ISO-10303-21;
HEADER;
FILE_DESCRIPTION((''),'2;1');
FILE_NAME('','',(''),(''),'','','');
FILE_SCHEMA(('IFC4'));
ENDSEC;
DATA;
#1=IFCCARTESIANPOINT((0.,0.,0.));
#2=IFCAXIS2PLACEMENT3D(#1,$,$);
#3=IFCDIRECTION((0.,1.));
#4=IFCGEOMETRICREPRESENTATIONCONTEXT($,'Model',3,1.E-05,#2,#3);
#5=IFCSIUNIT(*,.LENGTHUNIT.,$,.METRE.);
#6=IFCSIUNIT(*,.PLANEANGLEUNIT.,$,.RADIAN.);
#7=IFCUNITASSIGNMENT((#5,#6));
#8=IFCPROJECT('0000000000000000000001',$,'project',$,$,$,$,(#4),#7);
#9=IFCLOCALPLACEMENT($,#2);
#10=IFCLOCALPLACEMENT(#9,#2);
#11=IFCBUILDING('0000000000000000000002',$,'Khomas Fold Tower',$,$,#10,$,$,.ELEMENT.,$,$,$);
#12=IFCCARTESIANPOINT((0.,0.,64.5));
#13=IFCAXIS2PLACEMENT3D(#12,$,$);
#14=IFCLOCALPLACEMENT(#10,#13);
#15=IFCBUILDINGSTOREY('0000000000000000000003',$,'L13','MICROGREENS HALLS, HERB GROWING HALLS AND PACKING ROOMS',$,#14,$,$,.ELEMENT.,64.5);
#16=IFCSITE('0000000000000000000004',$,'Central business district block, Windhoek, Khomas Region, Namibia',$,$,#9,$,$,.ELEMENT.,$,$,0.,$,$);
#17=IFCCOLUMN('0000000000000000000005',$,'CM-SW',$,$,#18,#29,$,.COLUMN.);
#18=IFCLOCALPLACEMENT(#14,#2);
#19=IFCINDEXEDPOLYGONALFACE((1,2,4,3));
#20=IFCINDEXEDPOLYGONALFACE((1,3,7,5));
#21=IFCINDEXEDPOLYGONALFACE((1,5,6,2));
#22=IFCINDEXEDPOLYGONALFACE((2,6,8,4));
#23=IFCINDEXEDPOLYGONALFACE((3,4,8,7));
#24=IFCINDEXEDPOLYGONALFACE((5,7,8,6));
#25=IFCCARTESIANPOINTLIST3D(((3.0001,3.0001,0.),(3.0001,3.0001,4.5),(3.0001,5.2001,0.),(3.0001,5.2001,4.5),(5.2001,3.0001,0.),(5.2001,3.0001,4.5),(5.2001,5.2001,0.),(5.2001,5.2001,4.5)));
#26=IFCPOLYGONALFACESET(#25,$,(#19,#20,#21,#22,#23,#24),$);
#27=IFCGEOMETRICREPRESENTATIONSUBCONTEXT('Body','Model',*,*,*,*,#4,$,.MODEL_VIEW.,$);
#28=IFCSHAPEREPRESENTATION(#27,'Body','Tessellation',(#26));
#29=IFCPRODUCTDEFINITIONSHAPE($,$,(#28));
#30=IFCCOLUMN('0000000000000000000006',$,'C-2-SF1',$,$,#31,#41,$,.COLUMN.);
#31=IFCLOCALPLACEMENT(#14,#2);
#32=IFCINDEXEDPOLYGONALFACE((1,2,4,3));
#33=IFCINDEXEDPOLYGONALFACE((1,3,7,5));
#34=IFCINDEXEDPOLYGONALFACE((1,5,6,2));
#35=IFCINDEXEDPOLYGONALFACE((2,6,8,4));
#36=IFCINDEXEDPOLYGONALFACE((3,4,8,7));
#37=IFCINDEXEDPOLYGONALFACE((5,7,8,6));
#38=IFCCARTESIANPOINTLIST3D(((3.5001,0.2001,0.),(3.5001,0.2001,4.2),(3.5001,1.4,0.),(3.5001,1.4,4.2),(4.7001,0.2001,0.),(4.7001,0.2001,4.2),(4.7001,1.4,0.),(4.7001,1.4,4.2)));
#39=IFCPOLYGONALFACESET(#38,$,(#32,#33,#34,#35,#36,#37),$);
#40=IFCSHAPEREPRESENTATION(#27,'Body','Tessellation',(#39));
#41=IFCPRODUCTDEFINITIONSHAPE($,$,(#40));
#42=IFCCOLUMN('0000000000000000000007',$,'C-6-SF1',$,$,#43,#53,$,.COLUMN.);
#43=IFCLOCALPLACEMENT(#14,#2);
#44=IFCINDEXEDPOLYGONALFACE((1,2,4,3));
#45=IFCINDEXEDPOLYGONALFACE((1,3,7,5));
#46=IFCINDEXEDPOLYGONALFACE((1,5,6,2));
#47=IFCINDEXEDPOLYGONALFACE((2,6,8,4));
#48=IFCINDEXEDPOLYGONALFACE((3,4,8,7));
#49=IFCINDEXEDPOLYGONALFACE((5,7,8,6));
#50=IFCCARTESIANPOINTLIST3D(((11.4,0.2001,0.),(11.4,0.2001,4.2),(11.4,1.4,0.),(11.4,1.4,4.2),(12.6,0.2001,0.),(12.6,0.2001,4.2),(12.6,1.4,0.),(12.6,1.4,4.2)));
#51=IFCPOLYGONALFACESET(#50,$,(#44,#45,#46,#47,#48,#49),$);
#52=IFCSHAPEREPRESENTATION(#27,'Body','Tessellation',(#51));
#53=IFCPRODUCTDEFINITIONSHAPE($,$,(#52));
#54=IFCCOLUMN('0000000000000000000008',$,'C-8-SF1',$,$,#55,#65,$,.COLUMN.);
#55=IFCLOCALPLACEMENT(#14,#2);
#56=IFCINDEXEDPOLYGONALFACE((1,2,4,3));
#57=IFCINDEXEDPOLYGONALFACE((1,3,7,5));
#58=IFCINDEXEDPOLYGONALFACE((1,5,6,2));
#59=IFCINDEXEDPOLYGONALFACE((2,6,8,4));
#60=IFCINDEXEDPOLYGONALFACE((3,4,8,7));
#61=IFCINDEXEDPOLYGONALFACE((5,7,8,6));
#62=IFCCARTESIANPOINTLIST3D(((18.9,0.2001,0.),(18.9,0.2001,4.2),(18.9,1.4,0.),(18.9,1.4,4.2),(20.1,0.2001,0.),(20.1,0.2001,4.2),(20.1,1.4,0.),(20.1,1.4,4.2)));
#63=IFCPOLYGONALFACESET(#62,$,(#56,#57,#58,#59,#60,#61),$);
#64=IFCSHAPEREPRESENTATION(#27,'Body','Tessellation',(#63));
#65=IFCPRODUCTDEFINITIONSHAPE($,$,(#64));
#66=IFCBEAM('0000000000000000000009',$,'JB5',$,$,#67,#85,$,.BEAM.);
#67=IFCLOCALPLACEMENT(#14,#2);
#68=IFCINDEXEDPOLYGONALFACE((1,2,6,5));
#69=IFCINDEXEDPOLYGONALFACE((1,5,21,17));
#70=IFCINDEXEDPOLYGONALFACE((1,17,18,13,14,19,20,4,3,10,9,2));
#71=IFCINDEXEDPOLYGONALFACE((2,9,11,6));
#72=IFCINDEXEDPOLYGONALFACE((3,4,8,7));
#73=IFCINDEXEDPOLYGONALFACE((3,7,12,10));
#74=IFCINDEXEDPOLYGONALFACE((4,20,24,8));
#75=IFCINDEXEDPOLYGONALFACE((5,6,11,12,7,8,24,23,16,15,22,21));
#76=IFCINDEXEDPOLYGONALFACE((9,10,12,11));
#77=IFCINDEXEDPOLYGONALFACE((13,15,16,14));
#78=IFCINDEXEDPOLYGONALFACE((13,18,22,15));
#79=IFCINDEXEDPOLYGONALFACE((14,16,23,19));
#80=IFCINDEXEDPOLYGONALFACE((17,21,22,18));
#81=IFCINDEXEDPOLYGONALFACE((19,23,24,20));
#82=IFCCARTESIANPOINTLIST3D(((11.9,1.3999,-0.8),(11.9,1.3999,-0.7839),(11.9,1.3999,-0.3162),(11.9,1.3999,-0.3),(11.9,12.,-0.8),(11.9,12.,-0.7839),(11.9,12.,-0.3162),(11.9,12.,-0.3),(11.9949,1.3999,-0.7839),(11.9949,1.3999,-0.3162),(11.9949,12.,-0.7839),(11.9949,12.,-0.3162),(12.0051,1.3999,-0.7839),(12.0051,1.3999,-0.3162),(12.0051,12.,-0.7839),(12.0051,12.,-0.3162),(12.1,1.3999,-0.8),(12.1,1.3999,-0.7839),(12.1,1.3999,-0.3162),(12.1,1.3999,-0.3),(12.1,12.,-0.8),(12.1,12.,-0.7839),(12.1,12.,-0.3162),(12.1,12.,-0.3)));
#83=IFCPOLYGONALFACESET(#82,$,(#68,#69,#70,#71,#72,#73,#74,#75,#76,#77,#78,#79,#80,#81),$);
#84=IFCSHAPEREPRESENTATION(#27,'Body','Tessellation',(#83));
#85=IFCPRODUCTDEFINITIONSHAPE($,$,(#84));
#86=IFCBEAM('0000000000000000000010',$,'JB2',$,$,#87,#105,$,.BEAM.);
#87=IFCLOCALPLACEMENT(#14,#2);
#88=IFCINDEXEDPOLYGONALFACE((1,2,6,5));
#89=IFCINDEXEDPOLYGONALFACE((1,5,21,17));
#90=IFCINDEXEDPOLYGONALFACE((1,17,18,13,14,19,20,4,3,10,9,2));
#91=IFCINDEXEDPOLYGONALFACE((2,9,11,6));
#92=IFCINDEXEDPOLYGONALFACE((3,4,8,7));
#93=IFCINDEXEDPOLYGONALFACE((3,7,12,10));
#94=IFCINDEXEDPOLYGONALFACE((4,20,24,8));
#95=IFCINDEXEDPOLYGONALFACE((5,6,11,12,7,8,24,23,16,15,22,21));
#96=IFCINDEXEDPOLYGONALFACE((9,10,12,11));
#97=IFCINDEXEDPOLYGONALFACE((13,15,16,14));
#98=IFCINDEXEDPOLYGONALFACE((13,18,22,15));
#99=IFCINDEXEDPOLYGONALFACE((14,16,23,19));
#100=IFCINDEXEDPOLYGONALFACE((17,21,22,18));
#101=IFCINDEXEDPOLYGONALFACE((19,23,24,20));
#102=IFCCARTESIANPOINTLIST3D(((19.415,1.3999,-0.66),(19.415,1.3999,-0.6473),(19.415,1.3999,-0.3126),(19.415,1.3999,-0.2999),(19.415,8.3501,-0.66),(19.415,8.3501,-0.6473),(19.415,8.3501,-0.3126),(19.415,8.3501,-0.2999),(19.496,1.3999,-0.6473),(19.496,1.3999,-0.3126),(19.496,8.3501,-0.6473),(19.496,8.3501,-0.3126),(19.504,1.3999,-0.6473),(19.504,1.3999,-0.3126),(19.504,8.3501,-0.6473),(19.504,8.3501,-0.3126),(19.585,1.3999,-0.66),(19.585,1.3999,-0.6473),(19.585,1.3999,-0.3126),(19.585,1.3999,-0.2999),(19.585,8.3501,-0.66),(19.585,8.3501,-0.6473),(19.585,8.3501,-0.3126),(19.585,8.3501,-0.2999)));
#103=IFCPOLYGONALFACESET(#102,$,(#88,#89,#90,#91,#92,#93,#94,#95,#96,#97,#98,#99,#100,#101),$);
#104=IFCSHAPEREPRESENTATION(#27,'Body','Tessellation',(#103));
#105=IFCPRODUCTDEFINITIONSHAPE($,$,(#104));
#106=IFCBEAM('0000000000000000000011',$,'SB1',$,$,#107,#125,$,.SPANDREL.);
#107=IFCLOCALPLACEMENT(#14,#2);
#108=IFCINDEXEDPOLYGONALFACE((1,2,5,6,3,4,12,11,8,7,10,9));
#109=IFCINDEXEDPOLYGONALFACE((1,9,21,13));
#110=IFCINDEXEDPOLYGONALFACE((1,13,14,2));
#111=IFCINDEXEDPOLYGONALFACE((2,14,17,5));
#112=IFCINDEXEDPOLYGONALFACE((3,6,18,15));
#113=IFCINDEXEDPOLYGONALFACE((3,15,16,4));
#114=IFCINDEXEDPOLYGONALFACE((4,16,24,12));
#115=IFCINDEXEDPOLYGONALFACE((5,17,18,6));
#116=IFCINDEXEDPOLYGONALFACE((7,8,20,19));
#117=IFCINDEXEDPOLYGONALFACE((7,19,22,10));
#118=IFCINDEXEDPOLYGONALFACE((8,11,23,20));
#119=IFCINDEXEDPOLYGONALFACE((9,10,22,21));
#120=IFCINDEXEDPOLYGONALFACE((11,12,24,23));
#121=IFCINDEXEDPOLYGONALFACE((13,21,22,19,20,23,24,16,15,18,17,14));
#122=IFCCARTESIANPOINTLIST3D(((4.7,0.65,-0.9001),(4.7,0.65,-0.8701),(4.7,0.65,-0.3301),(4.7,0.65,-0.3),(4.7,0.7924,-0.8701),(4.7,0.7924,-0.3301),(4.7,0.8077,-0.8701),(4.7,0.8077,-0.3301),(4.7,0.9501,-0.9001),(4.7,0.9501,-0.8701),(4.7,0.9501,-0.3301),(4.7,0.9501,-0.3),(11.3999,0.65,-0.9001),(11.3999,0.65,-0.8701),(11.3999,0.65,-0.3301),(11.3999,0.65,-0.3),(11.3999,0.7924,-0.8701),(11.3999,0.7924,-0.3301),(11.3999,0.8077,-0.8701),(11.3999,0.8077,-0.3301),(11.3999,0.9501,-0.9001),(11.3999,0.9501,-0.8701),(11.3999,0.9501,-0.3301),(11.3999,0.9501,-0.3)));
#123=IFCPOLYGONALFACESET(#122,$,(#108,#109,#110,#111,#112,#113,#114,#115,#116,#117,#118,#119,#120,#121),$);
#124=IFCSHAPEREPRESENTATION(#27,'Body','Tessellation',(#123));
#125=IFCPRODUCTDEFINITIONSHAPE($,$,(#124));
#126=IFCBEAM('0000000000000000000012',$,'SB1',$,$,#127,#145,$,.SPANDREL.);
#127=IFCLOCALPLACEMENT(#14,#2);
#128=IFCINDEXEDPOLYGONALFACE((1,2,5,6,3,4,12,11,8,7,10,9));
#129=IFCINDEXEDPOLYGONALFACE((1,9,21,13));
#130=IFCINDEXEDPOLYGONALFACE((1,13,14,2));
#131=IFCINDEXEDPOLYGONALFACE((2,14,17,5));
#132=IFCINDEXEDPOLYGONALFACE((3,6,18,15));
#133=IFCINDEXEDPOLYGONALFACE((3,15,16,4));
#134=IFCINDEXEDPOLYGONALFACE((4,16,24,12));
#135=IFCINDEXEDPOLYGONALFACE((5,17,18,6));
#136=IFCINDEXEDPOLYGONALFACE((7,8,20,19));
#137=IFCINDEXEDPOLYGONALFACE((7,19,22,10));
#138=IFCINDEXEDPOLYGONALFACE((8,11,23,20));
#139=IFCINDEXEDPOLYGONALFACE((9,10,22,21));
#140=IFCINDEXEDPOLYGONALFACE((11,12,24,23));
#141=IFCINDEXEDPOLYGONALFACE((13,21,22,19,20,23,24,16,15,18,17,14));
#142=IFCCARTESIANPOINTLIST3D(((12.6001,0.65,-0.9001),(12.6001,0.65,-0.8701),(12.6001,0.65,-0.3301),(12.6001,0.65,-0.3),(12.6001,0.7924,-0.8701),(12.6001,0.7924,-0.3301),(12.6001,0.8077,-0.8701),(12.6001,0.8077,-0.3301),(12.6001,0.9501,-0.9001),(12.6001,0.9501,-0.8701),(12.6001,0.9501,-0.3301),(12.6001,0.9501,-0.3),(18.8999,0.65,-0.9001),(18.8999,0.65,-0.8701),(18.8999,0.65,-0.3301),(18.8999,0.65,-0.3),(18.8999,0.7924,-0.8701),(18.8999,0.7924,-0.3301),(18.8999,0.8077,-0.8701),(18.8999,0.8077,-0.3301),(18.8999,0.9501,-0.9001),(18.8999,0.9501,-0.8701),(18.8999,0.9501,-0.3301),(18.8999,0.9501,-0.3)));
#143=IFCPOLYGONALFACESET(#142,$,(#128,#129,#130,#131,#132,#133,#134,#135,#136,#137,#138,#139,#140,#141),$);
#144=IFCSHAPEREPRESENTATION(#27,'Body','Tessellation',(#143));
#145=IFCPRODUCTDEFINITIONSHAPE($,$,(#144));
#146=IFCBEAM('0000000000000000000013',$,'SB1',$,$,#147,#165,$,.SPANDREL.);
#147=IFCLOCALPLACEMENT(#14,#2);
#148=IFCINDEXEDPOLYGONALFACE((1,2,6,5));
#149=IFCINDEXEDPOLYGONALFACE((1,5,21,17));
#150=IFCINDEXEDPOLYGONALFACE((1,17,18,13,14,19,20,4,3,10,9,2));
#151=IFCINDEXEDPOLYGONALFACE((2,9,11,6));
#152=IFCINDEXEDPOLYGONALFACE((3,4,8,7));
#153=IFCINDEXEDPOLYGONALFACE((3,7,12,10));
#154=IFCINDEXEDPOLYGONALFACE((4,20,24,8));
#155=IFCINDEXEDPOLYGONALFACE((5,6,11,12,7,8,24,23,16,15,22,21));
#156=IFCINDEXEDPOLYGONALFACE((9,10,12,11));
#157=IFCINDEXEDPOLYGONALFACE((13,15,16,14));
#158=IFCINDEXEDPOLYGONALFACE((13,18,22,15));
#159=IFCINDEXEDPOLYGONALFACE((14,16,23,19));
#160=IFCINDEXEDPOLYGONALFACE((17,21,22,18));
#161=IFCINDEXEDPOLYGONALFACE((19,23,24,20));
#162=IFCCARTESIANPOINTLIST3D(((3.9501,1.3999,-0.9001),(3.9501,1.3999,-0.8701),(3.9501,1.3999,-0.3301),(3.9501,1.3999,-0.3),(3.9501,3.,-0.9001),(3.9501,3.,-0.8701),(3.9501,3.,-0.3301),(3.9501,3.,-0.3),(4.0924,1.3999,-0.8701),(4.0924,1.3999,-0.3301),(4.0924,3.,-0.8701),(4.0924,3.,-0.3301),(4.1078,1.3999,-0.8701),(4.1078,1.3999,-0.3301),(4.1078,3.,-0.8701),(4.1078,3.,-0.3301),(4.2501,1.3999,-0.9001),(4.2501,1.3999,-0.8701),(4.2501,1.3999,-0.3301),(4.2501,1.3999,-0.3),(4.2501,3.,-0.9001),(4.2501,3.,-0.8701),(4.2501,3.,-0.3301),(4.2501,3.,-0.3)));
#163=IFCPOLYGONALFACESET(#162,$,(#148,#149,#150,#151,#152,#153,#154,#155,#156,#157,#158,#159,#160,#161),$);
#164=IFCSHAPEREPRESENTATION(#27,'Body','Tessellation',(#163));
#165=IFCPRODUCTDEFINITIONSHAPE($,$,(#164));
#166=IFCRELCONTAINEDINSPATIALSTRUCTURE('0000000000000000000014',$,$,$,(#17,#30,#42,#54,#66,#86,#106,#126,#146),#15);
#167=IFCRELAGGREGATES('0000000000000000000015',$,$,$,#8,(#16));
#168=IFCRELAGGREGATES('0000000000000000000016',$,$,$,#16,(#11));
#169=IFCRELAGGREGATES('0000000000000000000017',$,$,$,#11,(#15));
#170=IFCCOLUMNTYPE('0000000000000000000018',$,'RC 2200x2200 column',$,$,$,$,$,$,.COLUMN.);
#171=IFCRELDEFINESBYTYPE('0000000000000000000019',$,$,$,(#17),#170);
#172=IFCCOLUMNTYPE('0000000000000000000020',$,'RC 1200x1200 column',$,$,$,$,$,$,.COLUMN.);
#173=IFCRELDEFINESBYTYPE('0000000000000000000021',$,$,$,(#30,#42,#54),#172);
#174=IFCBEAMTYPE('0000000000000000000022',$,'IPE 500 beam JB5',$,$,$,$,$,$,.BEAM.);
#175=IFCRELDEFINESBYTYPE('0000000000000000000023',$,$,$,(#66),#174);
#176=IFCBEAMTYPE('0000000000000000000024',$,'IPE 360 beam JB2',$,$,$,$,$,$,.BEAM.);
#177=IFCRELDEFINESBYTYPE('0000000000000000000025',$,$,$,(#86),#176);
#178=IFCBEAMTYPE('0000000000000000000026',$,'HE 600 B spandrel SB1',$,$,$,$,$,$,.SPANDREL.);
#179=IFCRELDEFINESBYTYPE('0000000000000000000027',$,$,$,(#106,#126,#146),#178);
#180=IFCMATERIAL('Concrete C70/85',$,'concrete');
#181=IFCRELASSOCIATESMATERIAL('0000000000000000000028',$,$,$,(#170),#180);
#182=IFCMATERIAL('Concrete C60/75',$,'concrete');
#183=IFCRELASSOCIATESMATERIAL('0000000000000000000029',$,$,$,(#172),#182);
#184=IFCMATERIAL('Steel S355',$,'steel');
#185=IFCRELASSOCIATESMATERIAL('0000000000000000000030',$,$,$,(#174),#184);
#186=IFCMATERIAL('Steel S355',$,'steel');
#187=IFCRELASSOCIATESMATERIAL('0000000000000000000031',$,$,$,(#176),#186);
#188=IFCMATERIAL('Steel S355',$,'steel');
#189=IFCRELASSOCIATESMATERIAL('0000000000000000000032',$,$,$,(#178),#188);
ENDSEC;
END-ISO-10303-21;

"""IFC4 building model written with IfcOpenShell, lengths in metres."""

from ifc_helpers import new_model, si_unit, direction, frame, origin, origin_2d, place, context, subcontext, project, spatial, rectangle, i_section, extrude, source, transform, mapped, material, material_profile, profile_set, type_object, element, save


model = new_model("IFC4")

# Units and contexts
model_context = context("Model", 3, precision=1e-05, world=origin(), true_north=direction((0.0, 1.0)))
body_context = subcontext(model_context, "Body", "Model", "MODEL_VIEW")
ifc_project = project(units=[si_unit("LENGTHUNIT", "METRE"), si_unit("PLANEANGLEUNIT", "RADIAN")], contexts=[model_context])

# Site, building, storey
site_placement = place(None, origin())
site = spatial("IfcSite", under=ifc_project, at=site_placement, Name="Central business district block, Windhoek, Khomas Region, Namibia", CompositionType="ELEMENT", RefElevation=0.0)
building_placement = place(site_placement, origin())
building = spatial("IfcBuilding", under=site, at=building_placement, Name="Khomas Fold Tower", CompositionType="ELEMENT")
storey_placement = place(building_placement, frame((0.0, 0.0, 64.5)))
storey = spatial("IfcBuildingStorey", under=building, at=storey_placement, Name="L13", Description="MICROGREENS HALLS, HERB GROWING HALLS AND PACKING ROOMS", CompositionType="ELEMENT", Elevation=64.5)

# Columns
ifc_material_1 = material(Name="Concrete C70/85", Category="concrete")
ifc_material_profile_1 = material_profile(ifc_material_1, rectangle(XDim=2.2, YDim=2.2, at=origin_2d()), Name="RC 2200x2200")
ifc_profile_set_1 = profile_set([ifc_material_profile_1], Name="Concrete C70/85")
column_type_1 = type_object("IfcColumnType", Name="RC 2200x2200 column", PredefinedType="COLUMN", material=ifc_profile_set_1)
shared_shape_1 = source(origin(), body_context, "Body", "SweptSolid", [
    extrude(rectangle(XDim=2.2, YDim=2.2, at=origin_2d()), origin(), (0.0, 0.0, 1.0), 4.5),
])
column_placement = place(storey_placement, frame((4.1001, 4.1001, 0.0), z_axis=(0.0, 0.0, 1.0), x_axis=(1.0, 0.0, 0.0)))
element("IfcColumn", 1, at=column_placement, inside=storey, type_object=column_type_1, Name="CM-SW", PredefinedType="COLUMN", context=body_context, shape_type="MappedRepresentation", body=[
    mapped(shared_shape_1, transform((0.0, 0.0, 0.0))),
])
ifc_material_2 = material(Name="Concrete C60/75", Category="concrete")
ifc_material_profile_2 = material_profile(ifc_material_2, rectangle(XDim=1.2, YDim=1.2, at=origin_2d()), Name="RC 1200x1200")
ifc_profile_set_2 = profile_set([ifc_material_profile_2], Name="Concrete C60/75")
column_type_2 = type_object("IfcColumnType", Name="RC 1200x1200 column", PredefinedType="COLUMN", material=ifc_profile_set_2)
shared_shape_2 = source(origin(), body_context, "Body", "SweptSolid", [
    extrude(rectangle(XDim=1.2, YDim=1.2, at=origin_2d()), origin(), (0.0, 0.0, 1.0), 4.2),
])
for number, where, z_axis, x_axis, name in (
    (2, (4.1001, 0.8, 0.0), (0.0, 0.0, 1.0), (1.0, 0.0, 0.0), "C-2-SF1"),
    (3, (12.0, 0.8, 0.0), (0.0, 0.0, 1.0), (1.0, 0.0, 0.0), "C-6-SF1"),
    (4, (19.5, 0.8, 0.0), (0.0, 0.0, 1.0), (1.0, 0.0, 0.0), "C-8-SF1"),
):
    element("IfcColumn", number, at=place(storey_placement, frame(where, z_axis=z_axis, x_axis=x_axis)), inside=storey, type_object=column_type_2, Name=name, PredefinedType="COLUMN", context=body_context, shape_type="MappedRepresentation", body=[
        mapped(shared_shape_2, transform((0.0, 0.0, 0.0))),
    ])

# Beams
ifc_material_3 = material(Name="Steel S355", Category="steel")
ifc_material_profile_3 = material_profile(ifc_material_3, i_section(OverallWidth=0.2, OverallDepth=0.5, WebThickness=0.0103, FlangeThickness=0.0161, at=origin_2d()), Name="IPE 500")
ifc_profile_set_3 = profile_set([ifc_material_profile_3], Name="Steel S355")
beam_type_1 = type_object("IfcBeamType", Name="IPE 500 beam JB5", PredefinedType="BEAM", material=ifc_profile_set_3)
shared_shape_3 = source(origin(), body_context, "Body", "SweptSolid", [
    extrude(i_section(OverallWidth=0.2, OverallDepth=0.5, WebThickness=0.0103, FlangeThickness=0.0161, at=origin_2d()), origin(), (0.0, 0.0, 1.0), 10.6001),
])
beam_1_placement = place(storey_placement, frame((12.0, 1.3999, -0.55), z_axis=(0.0, 1.0, 0.0), x_axis=(-1.0, 0.0, 0.0)))
element("IfcBeam", 5, at=beam_1_placement, inside=storey, type_object=beam_type_1, Name="JB5", PredefinedType="BEAM", context=body_context, shape_type="MappedRepresentation", body=[
    mapped(shared_shape_3, transform((0.0, 0.0, 0.0))),
])
ifc_material_4 = material(Name="Steel S355", Category="steel")
ifc_material_profile_4 = material_profile(ifc_material_4, i_section(OverallWidth=0.1699, OverallDepth=0.3601, WebThickness=0.0081, FlangeThickness=0.0127, at=origin_2d()), Name="IPE 360")
ifc_profile_set_4 = profile_set([ifc_material_profile_4], Name="Steel S355")
beam_type_2 = type_object("IfcBeamType", Name="IPE 360 beam JB2", PredefinedType="BEAM", material=ifc_profile_set_4)
shared_shape_4 = source(origin(), body_context, "Body", "SweptSolid", [
    extrude(i_section(OverallWidth=0.1699, OverallDepth=0.3601, WebThickness=0.0081, FlangeThickness=0.0127, at=origin_2d()), origin(), (0.0, 0.0, 1.0), 6.9502),
])
beam_2_placement = place(storey_placement, frame((19.5, 1.3999, -0.48), z_axis=(0.0, 1.0, 0.0), x_axis=(-1.0, 0.0, 0.0)))
element("IfcBeam", 6, at=beam_2_placement, inside=storey, type_object=beam_type_2, Name="JB2", PredefinedType="BEAM", context=body_context, shape_type="MappedRepresentation", body=[
    mapped(shared_shape_4, transform((0.0, 0.0, 0.0))),
])
ifc_material_5 = material(Name="Steel S355", Category="steel")
ifc_material_profile_5 = material_profile(ifc_material_5, i_section(OverallWidth=0.3, OverallDepth=0.6001, WebThickness=0.0154, FlangeThickness=0.03, at=origin_2d()), Name="HE 600 B")
ifc_profile_set_5 = profile_set([ifc_material_profile_5], Name="Steel S355")
beam_type_3 = type_object("IfcBeamType", Name="HE 600 B spandrel SB1", PredefinedType="SPANDREL", material=ifc_profile_set_5)
shared_shape_5 = source(origin(), body_context, "Body", "SweptSolid", [
    extrude(i_section(OverallWidth=0.3, OverallDepth=0.6001, WebThickness=0.0154, FlangeThickness=0.03, at=origin_2d()), origin(), (0.0, 0.0, 1.0), 6.7),
])
beam_3_placement = place(storey_placement, frame((4.7, 0.8, -0.6001), z_axis=(1.0, 0.0, 0.0), x_axis=(0.0, 1.0, 0.0)))
element("IfcBeam", 7, at=beam_3_placement, inside=storey, type_object=beam_type_3, Name="SB1", PredefinedType="SPANDREL", context=body_context, shape_type="MappedRepresentation", body=[
    mapped(shared_shape_5, transform((0.0, 0.0, 0.0))),
])
shared_shape_6 = source(origin(), body_context, "Body", "SweptSolid", [
    extrude(i_section(OverallWidth=0.3, OverallDepth=0.6001, WebThickness=0.0154, FlangeThickness=0.03, at=origin_2d()), origin(), (0.0, 0.0, 1.0), 6.2998),
])
beam_4_placement = place(storey_placement, frame((12.6001, 0.8, -0.6001), z_axis=(1.0, 0.0, 0.0), x_axis=(0.0, 1.0, 0.0)))
element("IfcBeam", 8, at=beam_4_placement, inside=storey, type_object=beam_type_3, Name="SB1", PredefinedType="SPANDREL", context=body_context, shape_type="MappedRepresentation", body=[
    mapped(shared_shape_6, transform((0.0, 0.0, 0.0))),
])
shared_shape_7 = source(origin(), body_context, "Body", "SweptSolid", [
    extrude(i_section(OverallWidth=0.3, OverallDepth=0.6001, WebThickness=0.0154, FlangeThickness=0.03, at=origin_2d()), origin(), (0.0, 0.0, 1.0), 1.6001),
])
beam_5_placement = place(storey_placement, frame((4.1001, 1.3999, -0.6001), z_axis=(0.0, 1.0, 0.0), x_axis=(-1.0, 0.0, 0.0)))
element("IfcBeam", 9, at=beam_5_placement, inside=storey, type_object=beam_type_3, Name="SB1", PredefinedType="SPANDREL", context=body_context, shape_type="MappedRepresentation", body=[
    mapped(shared_shape_7, transform((0.0, 0.0, 0.0))),
])

save(model, "model.ifc")
